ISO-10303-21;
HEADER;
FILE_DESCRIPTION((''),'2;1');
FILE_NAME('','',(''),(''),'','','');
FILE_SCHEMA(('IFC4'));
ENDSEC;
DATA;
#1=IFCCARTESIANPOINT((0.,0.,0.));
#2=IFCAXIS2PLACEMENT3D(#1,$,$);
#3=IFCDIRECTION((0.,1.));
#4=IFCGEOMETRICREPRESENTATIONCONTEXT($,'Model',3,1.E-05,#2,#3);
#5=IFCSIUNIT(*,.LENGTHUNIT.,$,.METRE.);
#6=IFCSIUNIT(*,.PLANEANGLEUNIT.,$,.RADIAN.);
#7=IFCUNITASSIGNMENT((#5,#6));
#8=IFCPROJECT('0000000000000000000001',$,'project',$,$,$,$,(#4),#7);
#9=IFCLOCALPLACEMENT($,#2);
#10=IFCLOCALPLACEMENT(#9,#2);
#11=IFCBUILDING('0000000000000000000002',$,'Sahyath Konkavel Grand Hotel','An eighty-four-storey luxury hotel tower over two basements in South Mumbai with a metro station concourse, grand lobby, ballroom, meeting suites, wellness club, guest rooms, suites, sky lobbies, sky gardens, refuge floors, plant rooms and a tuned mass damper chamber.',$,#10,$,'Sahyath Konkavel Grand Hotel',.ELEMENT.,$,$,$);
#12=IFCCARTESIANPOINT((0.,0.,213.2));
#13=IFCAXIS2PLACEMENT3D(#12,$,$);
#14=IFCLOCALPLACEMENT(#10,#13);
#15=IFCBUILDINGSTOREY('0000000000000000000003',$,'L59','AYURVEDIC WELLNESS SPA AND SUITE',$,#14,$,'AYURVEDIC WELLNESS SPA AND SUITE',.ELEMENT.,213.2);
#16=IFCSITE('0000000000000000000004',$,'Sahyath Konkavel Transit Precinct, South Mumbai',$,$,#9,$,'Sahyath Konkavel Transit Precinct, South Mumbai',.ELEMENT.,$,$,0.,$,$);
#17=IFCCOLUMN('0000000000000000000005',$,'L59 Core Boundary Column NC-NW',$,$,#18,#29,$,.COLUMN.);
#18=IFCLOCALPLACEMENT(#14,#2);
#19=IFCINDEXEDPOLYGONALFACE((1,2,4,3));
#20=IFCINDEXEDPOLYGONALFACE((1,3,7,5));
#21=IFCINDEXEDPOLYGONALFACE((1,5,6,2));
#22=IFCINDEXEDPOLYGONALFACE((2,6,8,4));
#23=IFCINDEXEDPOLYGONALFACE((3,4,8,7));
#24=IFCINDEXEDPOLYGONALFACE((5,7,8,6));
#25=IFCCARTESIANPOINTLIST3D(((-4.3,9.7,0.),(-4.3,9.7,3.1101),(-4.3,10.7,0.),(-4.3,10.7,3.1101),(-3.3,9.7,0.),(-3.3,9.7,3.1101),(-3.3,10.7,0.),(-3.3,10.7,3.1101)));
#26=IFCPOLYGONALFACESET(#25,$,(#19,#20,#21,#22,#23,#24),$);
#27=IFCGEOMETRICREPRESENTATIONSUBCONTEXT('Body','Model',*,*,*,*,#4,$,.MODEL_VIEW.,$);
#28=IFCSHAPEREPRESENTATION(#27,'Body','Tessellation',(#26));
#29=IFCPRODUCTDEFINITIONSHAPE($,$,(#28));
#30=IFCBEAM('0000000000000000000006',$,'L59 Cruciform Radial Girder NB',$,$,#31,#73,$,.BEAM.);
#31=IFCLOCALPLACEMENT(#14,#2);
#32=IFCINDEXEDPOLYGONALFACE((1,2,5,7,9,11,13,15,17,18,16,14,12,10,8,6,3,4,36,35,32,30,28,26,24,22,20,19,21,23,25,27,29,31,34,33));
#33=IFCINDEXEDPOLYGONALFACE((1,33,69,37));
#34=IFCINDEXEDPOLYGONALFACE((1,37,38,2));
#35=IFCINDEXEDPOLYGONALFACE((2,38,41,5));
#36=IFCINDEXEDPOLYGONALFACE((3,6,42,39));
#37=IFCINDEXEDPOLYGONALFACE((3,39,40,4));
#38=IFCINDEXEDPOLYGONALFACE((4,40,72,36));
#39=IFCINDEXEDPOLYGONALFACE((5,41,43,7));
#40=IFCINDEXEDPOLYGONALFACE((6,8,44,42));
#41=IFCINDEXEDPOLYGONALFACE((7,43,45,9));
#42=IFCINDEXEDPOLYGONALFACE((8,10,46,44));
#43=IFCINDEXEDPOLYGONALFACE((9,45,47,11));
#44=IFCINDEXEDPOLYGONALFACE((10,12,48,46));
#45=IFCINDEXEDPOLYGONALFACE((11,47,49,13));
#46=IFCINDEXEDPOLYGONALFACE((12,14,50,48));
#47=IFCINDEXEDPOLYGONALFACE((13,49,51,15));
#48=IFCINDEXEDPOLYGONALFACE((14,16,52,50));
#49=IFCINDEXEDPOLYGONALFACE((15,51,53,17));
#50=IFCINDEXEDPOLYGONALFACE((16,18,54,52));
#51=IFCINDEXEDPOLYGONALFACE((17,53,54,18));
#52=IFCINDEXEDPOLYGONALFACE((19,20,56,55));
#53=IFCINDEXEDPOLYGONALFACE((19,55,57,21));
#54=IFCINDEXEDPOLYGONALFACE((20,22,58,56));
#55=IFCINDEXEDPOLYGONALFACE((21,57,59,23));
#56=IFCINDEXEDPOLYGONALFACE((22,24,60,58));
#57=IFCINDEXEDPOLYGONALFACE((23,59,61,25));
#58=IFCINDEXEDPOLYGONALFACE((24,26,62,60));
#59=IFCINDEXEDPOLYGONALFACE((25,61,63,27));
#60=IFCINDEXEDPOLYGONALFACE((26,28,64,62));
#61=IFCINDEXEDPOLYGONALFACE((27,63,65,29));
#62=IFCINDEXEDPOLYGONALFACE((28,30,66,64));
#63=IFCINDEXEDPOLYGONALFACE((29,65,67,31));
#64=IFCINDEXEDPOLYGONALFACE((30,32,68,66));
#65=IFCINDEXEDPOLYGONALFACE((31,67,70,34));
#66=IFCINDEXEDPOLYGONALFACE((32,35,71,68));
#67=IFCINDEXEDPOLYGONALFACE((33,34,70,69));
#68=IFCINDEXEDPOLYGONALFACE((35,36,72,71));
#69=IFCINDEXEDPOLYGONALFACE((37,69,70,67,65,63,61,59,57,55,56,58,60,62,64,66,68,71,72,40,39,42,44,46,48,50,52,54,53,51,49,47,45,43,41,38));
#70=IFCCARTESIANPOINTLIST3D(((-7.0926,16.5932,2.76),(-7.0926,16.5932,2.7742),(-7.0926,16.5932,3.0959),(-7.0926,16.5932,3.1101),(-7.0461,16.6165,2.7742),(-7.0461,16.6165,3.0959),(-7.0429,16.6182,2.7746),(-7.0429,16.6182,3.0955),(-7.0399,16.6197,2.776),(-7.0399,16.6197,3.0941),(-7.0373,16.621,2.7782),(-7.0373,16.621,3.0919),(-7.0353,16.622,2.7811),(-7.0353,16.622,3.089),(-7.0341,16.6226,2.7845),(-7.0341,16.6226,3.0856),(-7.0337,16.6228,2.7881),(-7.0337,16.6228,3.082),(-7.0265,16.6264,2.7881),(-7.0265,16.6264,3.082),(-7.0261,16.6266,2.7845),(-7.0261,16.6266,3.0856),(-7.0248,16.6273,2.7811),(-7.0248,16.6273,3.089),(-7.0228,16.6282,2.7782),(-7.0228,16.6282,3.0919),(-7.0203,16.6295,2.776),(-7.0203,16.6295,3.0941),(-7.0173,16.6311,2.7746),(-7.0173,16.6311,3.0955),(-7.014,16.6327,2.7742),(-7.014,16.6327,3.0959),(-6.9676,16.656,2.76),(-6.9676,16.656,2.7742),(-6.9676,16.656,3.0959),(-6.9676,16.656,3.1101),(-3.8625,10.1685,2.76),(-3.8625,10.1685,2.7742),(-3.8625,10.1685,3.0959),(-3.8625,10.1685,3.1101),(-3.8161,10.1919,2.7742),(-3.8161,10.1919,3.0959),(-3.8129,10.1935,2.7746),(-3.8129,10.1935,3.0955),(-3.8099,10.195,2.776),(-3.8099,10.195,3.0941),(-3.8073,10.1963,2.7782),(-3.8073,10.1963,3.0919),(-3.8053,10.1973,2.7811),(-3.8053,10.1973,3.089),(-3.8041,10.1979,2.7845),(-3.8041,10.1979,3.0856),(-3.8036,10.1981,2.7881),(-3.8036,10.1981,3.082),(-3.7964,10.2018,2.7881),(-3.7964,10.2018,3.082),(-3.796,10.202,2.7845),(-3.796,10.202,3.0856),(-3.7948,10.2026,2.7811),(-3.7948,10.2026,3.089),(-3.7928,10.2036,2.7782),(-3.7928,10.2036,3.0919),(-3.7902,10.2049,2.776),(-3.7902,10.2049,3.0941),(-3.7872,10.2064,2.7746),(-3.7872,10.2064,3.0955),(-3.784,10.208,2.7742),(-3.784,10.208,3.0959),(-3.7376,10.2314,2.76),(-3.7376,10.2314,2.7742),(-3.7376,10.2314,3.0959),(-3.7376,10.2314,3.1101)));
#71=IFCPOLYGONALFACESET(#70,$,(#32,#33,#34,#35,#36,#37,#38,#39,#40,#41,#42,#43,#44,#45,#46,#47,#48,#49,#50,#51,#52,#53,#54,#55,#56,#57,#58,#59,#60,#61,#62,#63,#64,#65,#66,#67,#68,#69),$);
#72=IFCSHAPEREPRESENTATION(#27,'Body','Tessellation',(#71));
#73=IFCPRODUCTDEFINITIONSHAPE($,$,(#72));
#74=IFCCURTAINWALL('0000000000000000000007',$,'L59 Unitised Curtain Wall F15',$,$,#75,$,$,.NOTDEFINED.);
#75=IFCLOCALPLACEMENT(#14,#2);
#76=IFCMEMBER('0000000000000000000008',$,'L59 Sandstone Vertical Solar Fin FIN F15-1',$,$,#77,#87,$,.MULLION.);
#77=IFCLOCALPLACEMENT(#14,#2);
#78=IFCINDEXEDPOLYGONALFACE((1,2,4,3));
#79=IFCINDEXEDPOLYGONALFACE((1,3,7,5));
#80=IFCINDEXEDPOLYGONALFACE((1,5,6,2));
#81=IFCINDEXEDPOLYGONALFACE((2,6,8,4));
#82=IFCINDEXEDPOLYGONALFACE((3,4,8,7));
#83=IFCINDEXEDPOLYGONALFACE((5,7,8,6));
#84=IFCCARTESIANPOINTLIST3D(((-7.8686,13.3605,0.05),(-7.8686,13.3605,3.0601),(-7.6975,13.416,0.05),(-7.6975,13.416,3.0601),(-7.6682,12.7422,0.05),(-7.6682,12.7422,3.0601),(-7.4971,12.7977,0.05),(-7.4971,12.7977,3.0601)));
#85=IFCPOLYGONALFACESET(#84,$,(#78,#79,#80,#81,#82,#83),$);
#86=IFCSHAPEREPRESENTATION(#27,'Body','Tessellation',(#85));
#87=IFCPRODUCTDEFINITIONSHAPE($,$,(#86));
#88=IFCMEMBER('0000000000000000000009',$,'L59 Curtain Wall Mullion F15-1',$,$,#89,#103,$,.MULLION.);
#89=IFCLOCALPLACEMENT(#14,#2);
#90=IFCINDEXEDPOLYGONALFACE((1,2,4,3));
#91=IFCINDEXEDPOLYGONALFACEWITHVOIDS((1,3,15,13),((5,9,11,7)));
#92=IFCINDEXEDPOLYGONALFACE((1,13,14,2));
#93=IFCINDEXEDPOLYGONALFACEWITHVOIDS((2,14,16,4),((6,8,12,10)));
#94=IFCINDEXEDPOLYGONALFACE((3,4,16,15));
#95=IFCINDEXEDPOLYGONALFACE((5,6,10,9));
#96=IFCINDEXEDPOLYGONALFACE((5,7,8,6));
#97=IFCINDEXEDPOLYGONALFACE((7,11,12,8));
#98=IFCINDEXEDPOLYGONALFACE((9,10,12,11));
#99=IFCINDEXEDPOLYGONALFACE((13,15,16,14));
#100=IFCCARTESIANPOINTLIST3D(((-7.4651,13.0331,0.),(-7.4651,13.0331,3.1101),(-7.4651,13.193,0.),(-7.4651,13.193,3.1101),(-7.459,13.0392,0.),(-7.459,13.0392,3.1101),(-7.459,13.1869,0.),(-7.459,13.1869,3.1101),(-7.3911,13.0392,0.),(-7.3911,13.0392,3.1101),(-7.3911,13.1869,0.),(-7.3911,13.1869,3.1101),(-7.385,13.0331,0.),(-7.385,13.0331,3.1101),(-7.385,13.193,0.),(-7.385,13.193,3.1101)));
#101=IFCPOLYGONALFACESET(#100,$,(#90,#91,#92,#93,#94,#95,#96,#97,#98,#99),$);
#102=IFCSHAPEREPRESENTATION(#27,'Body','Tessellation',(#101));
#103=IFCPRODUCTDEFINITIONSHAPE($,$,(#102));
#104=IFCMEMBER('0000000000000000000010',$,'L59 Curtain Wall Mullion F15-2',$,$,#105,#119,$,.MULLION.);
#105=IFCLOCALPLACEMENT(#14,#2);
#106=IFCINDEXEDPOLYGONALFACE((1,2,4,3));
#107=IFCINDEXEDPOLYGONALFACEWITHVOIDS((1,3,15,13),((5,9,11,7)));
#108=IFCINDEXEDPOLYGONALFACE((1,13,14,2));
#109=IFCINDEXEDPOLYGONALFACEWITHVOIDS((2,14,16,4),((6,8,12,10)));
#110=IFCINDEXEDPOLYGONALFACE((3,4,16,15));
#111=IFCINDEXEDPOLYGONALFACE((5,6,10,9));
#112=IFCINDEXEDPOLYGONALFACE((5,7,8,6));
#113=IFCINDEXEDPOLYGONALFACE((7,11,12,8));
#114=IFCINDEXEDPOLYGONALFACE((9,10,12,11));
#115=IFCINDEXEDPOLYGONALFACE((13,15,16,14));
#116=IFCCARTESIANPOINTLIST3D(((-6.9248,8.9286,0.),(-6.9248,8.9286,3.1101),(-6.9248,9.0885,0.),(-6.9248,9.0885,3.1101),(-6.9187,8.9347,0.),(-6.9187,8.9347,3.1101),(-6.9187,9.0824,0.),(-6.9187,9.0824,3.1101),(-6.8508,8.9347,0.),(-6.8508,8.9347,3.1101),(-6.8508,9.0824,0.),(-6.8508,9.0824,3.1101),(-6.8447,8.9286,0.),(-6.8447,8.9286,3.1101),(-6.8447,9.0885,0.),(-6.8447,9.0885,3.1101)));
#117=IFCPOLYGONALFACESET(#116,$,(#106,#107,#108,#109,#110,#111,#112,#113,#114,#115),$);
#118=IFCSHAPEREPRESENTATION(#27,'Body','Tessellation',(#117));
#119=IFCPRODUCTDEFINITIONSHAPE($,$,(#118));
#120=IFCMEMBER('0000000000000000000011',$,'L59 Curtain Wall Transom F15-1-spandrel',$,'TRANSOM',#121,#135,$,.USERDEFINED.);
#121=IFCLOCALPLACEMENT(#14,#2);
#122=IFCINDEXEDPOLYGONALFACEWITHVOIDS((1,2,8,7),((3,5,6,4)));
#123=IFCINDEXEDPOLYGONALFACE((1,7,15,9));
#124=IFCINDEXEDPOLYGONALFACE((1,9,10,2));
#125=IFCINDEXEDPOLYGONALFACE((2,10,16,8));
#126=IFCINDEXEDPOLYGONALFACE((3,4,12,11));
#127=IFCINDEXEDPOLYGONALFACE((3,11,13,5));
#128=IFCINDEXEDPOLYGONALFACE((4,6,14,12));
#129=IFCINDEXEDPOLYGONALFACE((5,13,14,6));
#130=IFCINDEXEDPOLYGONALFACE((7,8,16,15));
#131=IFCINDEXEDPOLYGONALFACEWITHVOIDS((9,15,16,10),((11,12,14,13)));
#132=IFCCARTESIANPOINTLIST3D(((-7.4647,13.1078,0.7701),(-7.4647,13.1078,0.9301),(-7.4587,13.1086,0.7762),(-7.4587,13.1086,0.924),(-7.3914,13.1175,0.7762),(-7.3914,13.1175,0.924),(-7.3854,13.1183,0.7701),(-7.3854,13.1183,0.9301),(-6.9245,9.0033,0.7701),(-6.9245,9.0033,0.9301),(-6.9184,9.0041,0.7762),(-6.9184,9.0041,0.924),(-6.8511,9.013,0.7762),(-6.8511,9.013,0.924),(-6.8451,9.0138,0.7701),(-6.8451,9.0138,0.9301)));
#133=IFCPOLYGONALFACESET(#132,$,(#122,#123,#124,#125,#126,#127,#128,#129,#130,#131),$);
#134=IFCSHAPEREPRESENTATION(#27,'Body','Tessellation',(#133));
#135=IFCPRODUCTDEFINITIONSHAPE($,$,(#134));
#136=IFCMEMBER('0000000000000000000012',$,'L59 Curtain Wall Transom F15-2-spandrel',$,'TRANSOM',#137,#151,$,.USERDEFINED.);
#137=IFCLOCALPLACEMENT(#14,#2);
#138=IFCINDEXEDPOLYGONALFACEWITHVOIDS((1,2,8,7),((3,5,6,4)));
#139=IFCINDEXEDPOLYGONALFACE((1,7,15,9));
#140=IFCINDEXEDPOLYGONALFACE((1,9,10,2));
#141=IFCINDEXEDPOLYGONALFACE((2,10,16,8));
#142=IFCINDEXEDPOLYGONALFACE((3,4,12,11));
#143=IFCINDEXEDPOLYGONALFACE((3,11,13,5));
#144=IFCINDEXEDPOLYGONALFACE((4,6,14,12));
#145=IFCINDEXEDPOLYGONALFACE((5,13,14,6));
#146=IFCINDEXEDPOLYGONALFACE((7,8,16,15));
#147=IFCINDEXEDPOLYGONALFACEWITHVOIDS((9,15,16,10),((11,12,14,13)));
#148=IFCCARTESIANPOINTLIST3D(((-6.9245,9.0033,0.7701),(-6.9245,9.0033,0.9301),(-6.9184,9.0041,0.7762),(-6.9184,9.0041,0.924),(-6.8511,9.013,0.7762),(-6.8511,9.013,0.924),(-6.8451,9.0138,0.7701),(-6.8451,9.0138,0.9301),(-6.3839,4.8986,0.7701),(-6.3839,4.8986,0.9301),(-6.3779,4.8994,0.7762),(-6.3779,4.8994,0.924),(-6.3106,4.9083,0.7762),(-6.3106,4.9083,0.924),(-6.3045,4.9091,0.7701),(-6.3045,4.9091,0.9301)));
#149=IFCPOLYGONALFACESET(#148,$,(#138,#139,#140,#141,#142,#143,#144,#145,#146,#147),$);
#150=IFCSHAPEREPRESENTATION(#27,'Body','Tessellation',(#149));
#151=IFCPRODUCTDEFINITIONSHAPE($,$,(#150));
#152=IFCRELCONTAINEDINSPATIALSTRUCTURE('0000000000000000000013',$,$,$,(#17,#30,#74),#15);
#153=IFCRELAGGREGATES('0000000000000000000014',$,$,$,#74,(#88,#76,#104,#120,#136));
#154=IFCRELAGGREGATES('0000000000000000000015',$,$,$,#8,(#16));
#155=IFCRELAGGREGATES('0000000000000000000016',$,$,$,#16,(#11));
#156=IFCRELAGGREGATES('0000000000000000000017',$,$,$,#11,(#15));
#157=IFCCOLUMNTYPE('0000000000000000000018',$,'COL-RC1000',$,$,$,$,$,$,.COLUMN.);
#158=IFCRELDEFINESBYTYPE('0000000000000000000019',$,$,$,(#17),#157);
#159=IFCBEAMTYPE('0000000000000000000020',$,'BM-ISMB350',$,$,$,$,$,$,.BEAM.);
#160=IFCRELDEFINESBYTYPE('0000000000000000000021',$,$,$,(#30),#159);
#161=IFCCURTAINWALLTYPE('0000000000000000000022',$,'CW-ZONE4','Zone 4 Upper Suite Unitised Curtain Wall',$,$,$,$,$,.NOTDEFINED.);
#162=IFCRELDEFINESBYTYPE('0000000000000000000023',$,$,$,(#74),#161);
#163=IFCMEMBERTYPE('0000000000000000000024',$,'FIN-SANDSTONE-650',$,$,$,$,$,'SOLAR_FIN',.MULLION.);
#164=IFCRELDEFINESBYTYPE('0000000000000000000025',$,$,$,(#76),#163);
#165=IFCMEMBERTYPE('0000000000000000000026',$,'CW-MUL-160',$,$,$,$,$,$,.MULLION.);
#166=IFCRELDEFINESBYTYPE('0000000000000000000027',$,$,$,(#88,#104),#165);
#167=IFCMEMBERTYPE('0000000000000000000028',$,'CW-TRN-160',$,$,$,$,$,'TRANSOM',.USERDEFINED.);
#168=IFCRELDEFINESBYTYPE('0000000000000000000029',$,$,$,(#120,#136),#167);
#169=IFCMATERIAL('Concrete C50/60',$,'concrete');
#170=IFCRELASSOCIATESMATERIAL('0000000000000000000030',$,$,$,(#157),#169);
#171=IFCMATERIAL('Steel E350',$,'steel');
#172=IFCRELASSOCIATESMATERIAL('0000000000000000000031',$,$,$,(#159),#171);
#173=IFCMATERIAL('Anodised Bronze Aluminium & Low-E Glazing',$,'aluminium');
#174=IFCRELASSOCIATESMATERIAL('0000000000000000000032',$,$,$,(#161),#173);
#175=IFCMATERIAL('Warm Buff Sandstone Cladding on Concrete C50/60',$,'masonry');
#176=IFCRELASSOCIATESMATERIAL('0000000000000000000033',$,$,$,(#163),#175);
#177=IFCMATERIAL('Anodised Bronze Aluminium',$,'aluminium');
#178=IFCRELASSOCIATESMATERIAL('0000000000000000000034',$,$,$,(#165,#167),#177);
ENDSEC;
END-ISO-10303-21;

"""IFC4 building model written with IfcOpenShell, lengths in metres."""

from ifc_helpers import new_model, si_unit, direction, frame, origin, origin_2d, place, context, subcontext, project, spatial, rectangle, hollow_rectangle, i_section, extrude, source, transform, mapped, material, material_profile, profile_set, type_object, element, aggregate, save


model = new_model("IFC4")

# Units and contexts
model_context = context("Model", 3, precision=1e-05, world=origin(), true_north=direction((0.0, 1.0)))
body_context = subcontext(model_context, "Body", "Model", "MODEL_VIEW")
ifc_project = project(units=[si_unit("LENGTHUNIT", "METRE"), si_unit("PLANEANGLEUNIT", "RADIAN")], contexts=[model_context])

# Site, building, storey
site_placement = place(None, origin())
site = spatial("IfcSite", under=ifc_project, at=site_placement, Name="Sahyath Konkavel Transit Precinct, South Mumbai", LongName="Sahyath Konkavel Transit Precinct, South Mumbai", CompositionType="ELEMENT", RefElevation=0.0)
building_placement = place(site_placement, origin())
building = spatial("IfcBuilding", under=site, at=building_placement, Name="Sahyath Konkavel Grand Hotel", Description="An eighty-four-storey luxury hotel tower over two basements in South Mumbai with a metro station concourse, grand lobby, ballroom, meeting suites, wellness club, guest rooms, suites, sky lobbies, sky gardens, refuge floors, plant rooms and a tuned mass damper chamber.", LongName="Sahyath Konkavel Grand Hotel", CompositionType="ELEMENT")
storey_placement = place(building_placement, frame((0.0, 0.0, 213.2)))
storey = spatial("IfcBuildingStorey", under=building, at=storey_placement, Name="L59", Description="AYURVEDIC WELLNESS SPA AND SUITE", LongName="AYURVEDIC WELLNESS SPA AND SUITE", CompositionType="ELEMENT", Elevation=213.2)

# Column
ifc_material_1 = material(Name="Concrete C50/60", Category="concrete")
ifc_material_profile_1 = material_profile(ifc_material_1, rectangle(XDim=1.0, YDim=1.0, at=origin_2d()), Name="RC 1000x1000")
ifc_profile_set_1 = profile_set([ifc_material_profile_1], Name="Concrete C50/60")
column_type = type_object("IfcColumnType", Name="COL-RC1000", PredefinedType="COLUMN", material=ifc_profile_set_1)
shared_shape_1 = source(origin(), body_context, "Body", "SweptSolid", [
    extrude(rectangle(XDim=1.0, YDim=1.0, at=origin_2d()), origin(), (0.0, 0.0, 1.0), 3.1101),
])
column_placement = place(storey_placement, frame((-3.8, 10.2, 0.0), z_axis=(0.0, 0.0, 1.0), x_axis=(1.0, 0.0, 0.0)))
element("IfcColumn", 1, at=column_placement, inside=storey, type_object=column_type, Name="L59 Core Boundary Column NC-NW", PredefinedType="COLUMN", context=body_context, shape_type="MappedRepresentation", body=[
    mapped(shared_shape_1, transform((0.0, 0.0, 0.0), scale=1.0)),
])

# Beam
ifc_material_2 = material(Name="Steel E350", Category="steel")
ifc_material_profile_2 = material_profile(ifc_material_2, i_section(OverallWidth=0.1399, OverallDepth=0.3501, WebThickness=0.0081, FlangeThickness=0.0142, FilletRadius=0.0139, at=origin_2d()), Name="ISMB 350")
ifc_profile_set_2 = profile_set([ifc_material_profile_2], Name="Steel E350")
beam_type_1 = type_object("IfcBeamType", Name="BM-ISMB350", PredefinedType="BEAM", material=ifc_profile_set_2)
shared_shape_2 = source(origin(), body_context, "Body", "SweptSolid", [
    extrude(i_section(OverallWidth=0.1399, OverallDepth=0.3501, WebThickness=0.0081, FlangeThickness=0.0142, FilletRadius=0.0139, at=origin_2d()), origin(), (0.0, 0.0, 1.0), 7.1909),
])
beam_1_placement = place(storey_placement, frame((-3.8, 10.2, 2.9351), z_axis=(-0.449182, 0.89344, 0.0), x_axis=(-0.89344, -0.449182, 0.0)))
element("IfcBeam", 2, at=beam_1_placement, inside=storey, type_object=beam_type_1, Name="L59 Cruciform Radial Girder NB", PredefinedType="BEAM", context=body_context, shape_type="MappedRepresentation", body=[
    mapped(shared_shape_2, transform((0.0, 0.0, 0.0), scale=1.0)),
])

# Curtain wall, members
ifc_material_3 = material(Name="Anodised Bronze Aluminium & Low-E Glazing", Category="aluminium")
curtain_wall_type = type_object("IfcCurtainWallType", Name="CW-ZONE4", Description="Zone 4 Upper Suite Unitised Curtain Wall", PredefinedType="NOTDEFINED", material=ifc_material_3)
curtain_wall_placement = place(storey_placement, origin())
curtain_wall = element("IfcCurtainWall", 3, at=curtain_wall_placement, inside=storey, type_object=curtain_wall_type, Name="L59 Unitised Curtain Wall F15", PredefinedType="NOTDEFINED")
ifc_material_4 = material(Name="Warm Buff Sandstone Cladding on Concrete C50/60", Category="masonry")
ifc_material_profile_3 = material_profile(ifc_material_4, rectangle(XDim=0.1799, YDim=0.6499, at=origin_2d()), Name="FIN 180x650")
ifc_profile_set_3 = profile_set([ifc_material_profile_3], Name="Warm Buff Sandstone Cladding on Concrete C50/60")
member_type_1 = type_object("IfcMemberType", Name="FIN-SANDSTONE-650", ElementType="SOLAR_FIN", PredefinedType="MULLION", material=ifc_profile_set_3)
shared_shape_3 = source(origin(), body_context, "Body", "SweptSolid", [
    extrude(rectangle(XDim=0.1799, YDim=0.6499, at=origin_2d()), origin(), (0.0, 0.0, 1.0), 3.01),
])
member_1_placement = place(storey_placement, frame((-7.6829, 13.0791, 0.05), z_axis=(0.0, 0.0, 1.0), x_axis=(0.951272, 0.308353, 0.0)))
member_1 = element("IfcMember", 4, at=member_1_placement, type_object=member_type_1, Name="L59 Sandstone Vertical Solar Fin FIN F15-1", PredefinedType="MULLION", context=body_context, shape_type="MappedRepresentation", body=[
    mapped(shared_shape_3, transform((0.0, 0.0, 0.0), scale=1.0)),
])
ifc_material_5 = material(Name="Anodised Bronze Aluminium", Category="aluminium")
ifc_material_profile_4 = material_profile(ifc_material_5, hollow_rectangle(XDim=0.0801, YDim=0.1599, WallThickness=0.0061, at=origin_2d()), Name="RHS 160x80x6")
ifc_profile_set_4 = profile_set([ifc_material_profile_4], Name="Anodised Bronze Aluminium")
member_type_2 = type_object("IfcMemberType", Name="CW-MUL-160", PredefinedType="MULLION", material=ifc_profile_set_4)
shared_shape_4 = source(origin(), body_context, "Body", "SweptSolid", [
    extrude(hollow_rectangle(XDim=0.0801, YDim=0.1599, WallThickness=0.0061, at=origin_2d()), origin(), (0.0, 0.0, 1.0), 3.1101),
])
member_2_placement = place(storey_placement, frame((-7.425, 13.113, 0.0), z_axis=(0.0, 0.0, 1.0), x_axis=(1.0, 0.0, 0.0)))
member_2 = element("IfcMember", 5, at=member_2_placement, type_object=member_type_2, Name="L59 Curtain Wall Mullion F15-1", PredefinedType="MULLION", context=body_context, shape_type="MappedRepresentation", body=[
    mapped(shared_shape_4, transform((0.0, 0.0, 0.0), scale=1.0)),
])
member_3_placement = place(storey_placement, frame((-6.8848, 9.0085, 0.0), z_axis=(0.0, 0.0, 1.0), x_axis=(1.0, 0.0, 0.0)))
member_3 = element("IfcMember", 6, at=member_3_placement, type_object=member_type_2, Name="L59 Curtain Wall Mullion F15-2", PredefinedType="MULLION", context=body_context, shape_type="MappedRepresentation", body=[
    mapped(shared_shape_4, transform((0.0, 0.0, 0.0), scale=1.0)),
])
ifc_material_profile_5 = material_profile(ifc_material_5, hollow_rectangle(XDim=0.0801, YDim=0.1599, WallThickness=0.0061, at=origin_2d()), Name="RHS 160x80x6")
ifc_profile_set_5 = profile_set([ifc_material_profile_5], Name="Anodised Bronze Aluminium")
member_type_3 = type_object("IfcMemberType", Name="CW-TRN-160", ElementType="TRANSOM", PredefinedType="USERDEFINED", material=ifc_profile_set_5)
shared_shape_5 = source(origin(), body_context, "Body", "SweptSolid", [
    extrude(hollow_rectangle(XDim=0.0801, YDim=0.1599, WallThickness=0.0061, at=origin_2d()), origin(), (0.0, 0.0, 1.0), 4.1399),
])
member_4_placement = place(storey_placement, frame((-7.425, 13.113, 0.8501), z_axis=(0.130506, -0.991447, 0.0), x_axis=(0.991447, 0.130506, 0.0)))
member_4 = element("IfcMember", 7, at=member_4_placement, type_object=member_type_3, Name="L59 Curtain Wall Transom F15-1-spandrel", ObjectType="TRANSOM", PredefinedType="USERDEFINED", context=body_context, shape_type="MappedRepresentation", body=[
    mapped(shared_shape_5, transform((0.0, 0.0, 0.0), scale=1.0)),
])
shared_shape_6 = source(origin(), body_context, "Body", "SweptSolid", [
    extrude(hollow_rectangle(XDim=0.0801, YDim=0.1599, WallThickness=0.0061, at=origin_2d()), origin(), (0.0, 0.0, 1.0), 4.1401),
])
member_5_placement = place(storey_placement, frame((-6.8848, 9.0085, 0.8501), z_axis=(0.130557, -0.991441, 0.0), x_axis=(0.991441, 0.130557, 0.0)))
member_5 = element("IfcMember", 8, at=member_5_placement, type_object=member_type_3, Name="L59 Curtain Wall Transom F15-2-spandrel", ObjectType="TRANSOM", PredefinedType="USERDEFINED", context=body_context, shape_type="MappedRepresentation", body=[
    mapped(shared_shape_6, transform((0.0, 0.0, 0.0), scale=1.0)),
])

aggregate(curtain_wall, [member_2, member_1, member_3, member_4, member_5])

save(model, "model.ifc")
